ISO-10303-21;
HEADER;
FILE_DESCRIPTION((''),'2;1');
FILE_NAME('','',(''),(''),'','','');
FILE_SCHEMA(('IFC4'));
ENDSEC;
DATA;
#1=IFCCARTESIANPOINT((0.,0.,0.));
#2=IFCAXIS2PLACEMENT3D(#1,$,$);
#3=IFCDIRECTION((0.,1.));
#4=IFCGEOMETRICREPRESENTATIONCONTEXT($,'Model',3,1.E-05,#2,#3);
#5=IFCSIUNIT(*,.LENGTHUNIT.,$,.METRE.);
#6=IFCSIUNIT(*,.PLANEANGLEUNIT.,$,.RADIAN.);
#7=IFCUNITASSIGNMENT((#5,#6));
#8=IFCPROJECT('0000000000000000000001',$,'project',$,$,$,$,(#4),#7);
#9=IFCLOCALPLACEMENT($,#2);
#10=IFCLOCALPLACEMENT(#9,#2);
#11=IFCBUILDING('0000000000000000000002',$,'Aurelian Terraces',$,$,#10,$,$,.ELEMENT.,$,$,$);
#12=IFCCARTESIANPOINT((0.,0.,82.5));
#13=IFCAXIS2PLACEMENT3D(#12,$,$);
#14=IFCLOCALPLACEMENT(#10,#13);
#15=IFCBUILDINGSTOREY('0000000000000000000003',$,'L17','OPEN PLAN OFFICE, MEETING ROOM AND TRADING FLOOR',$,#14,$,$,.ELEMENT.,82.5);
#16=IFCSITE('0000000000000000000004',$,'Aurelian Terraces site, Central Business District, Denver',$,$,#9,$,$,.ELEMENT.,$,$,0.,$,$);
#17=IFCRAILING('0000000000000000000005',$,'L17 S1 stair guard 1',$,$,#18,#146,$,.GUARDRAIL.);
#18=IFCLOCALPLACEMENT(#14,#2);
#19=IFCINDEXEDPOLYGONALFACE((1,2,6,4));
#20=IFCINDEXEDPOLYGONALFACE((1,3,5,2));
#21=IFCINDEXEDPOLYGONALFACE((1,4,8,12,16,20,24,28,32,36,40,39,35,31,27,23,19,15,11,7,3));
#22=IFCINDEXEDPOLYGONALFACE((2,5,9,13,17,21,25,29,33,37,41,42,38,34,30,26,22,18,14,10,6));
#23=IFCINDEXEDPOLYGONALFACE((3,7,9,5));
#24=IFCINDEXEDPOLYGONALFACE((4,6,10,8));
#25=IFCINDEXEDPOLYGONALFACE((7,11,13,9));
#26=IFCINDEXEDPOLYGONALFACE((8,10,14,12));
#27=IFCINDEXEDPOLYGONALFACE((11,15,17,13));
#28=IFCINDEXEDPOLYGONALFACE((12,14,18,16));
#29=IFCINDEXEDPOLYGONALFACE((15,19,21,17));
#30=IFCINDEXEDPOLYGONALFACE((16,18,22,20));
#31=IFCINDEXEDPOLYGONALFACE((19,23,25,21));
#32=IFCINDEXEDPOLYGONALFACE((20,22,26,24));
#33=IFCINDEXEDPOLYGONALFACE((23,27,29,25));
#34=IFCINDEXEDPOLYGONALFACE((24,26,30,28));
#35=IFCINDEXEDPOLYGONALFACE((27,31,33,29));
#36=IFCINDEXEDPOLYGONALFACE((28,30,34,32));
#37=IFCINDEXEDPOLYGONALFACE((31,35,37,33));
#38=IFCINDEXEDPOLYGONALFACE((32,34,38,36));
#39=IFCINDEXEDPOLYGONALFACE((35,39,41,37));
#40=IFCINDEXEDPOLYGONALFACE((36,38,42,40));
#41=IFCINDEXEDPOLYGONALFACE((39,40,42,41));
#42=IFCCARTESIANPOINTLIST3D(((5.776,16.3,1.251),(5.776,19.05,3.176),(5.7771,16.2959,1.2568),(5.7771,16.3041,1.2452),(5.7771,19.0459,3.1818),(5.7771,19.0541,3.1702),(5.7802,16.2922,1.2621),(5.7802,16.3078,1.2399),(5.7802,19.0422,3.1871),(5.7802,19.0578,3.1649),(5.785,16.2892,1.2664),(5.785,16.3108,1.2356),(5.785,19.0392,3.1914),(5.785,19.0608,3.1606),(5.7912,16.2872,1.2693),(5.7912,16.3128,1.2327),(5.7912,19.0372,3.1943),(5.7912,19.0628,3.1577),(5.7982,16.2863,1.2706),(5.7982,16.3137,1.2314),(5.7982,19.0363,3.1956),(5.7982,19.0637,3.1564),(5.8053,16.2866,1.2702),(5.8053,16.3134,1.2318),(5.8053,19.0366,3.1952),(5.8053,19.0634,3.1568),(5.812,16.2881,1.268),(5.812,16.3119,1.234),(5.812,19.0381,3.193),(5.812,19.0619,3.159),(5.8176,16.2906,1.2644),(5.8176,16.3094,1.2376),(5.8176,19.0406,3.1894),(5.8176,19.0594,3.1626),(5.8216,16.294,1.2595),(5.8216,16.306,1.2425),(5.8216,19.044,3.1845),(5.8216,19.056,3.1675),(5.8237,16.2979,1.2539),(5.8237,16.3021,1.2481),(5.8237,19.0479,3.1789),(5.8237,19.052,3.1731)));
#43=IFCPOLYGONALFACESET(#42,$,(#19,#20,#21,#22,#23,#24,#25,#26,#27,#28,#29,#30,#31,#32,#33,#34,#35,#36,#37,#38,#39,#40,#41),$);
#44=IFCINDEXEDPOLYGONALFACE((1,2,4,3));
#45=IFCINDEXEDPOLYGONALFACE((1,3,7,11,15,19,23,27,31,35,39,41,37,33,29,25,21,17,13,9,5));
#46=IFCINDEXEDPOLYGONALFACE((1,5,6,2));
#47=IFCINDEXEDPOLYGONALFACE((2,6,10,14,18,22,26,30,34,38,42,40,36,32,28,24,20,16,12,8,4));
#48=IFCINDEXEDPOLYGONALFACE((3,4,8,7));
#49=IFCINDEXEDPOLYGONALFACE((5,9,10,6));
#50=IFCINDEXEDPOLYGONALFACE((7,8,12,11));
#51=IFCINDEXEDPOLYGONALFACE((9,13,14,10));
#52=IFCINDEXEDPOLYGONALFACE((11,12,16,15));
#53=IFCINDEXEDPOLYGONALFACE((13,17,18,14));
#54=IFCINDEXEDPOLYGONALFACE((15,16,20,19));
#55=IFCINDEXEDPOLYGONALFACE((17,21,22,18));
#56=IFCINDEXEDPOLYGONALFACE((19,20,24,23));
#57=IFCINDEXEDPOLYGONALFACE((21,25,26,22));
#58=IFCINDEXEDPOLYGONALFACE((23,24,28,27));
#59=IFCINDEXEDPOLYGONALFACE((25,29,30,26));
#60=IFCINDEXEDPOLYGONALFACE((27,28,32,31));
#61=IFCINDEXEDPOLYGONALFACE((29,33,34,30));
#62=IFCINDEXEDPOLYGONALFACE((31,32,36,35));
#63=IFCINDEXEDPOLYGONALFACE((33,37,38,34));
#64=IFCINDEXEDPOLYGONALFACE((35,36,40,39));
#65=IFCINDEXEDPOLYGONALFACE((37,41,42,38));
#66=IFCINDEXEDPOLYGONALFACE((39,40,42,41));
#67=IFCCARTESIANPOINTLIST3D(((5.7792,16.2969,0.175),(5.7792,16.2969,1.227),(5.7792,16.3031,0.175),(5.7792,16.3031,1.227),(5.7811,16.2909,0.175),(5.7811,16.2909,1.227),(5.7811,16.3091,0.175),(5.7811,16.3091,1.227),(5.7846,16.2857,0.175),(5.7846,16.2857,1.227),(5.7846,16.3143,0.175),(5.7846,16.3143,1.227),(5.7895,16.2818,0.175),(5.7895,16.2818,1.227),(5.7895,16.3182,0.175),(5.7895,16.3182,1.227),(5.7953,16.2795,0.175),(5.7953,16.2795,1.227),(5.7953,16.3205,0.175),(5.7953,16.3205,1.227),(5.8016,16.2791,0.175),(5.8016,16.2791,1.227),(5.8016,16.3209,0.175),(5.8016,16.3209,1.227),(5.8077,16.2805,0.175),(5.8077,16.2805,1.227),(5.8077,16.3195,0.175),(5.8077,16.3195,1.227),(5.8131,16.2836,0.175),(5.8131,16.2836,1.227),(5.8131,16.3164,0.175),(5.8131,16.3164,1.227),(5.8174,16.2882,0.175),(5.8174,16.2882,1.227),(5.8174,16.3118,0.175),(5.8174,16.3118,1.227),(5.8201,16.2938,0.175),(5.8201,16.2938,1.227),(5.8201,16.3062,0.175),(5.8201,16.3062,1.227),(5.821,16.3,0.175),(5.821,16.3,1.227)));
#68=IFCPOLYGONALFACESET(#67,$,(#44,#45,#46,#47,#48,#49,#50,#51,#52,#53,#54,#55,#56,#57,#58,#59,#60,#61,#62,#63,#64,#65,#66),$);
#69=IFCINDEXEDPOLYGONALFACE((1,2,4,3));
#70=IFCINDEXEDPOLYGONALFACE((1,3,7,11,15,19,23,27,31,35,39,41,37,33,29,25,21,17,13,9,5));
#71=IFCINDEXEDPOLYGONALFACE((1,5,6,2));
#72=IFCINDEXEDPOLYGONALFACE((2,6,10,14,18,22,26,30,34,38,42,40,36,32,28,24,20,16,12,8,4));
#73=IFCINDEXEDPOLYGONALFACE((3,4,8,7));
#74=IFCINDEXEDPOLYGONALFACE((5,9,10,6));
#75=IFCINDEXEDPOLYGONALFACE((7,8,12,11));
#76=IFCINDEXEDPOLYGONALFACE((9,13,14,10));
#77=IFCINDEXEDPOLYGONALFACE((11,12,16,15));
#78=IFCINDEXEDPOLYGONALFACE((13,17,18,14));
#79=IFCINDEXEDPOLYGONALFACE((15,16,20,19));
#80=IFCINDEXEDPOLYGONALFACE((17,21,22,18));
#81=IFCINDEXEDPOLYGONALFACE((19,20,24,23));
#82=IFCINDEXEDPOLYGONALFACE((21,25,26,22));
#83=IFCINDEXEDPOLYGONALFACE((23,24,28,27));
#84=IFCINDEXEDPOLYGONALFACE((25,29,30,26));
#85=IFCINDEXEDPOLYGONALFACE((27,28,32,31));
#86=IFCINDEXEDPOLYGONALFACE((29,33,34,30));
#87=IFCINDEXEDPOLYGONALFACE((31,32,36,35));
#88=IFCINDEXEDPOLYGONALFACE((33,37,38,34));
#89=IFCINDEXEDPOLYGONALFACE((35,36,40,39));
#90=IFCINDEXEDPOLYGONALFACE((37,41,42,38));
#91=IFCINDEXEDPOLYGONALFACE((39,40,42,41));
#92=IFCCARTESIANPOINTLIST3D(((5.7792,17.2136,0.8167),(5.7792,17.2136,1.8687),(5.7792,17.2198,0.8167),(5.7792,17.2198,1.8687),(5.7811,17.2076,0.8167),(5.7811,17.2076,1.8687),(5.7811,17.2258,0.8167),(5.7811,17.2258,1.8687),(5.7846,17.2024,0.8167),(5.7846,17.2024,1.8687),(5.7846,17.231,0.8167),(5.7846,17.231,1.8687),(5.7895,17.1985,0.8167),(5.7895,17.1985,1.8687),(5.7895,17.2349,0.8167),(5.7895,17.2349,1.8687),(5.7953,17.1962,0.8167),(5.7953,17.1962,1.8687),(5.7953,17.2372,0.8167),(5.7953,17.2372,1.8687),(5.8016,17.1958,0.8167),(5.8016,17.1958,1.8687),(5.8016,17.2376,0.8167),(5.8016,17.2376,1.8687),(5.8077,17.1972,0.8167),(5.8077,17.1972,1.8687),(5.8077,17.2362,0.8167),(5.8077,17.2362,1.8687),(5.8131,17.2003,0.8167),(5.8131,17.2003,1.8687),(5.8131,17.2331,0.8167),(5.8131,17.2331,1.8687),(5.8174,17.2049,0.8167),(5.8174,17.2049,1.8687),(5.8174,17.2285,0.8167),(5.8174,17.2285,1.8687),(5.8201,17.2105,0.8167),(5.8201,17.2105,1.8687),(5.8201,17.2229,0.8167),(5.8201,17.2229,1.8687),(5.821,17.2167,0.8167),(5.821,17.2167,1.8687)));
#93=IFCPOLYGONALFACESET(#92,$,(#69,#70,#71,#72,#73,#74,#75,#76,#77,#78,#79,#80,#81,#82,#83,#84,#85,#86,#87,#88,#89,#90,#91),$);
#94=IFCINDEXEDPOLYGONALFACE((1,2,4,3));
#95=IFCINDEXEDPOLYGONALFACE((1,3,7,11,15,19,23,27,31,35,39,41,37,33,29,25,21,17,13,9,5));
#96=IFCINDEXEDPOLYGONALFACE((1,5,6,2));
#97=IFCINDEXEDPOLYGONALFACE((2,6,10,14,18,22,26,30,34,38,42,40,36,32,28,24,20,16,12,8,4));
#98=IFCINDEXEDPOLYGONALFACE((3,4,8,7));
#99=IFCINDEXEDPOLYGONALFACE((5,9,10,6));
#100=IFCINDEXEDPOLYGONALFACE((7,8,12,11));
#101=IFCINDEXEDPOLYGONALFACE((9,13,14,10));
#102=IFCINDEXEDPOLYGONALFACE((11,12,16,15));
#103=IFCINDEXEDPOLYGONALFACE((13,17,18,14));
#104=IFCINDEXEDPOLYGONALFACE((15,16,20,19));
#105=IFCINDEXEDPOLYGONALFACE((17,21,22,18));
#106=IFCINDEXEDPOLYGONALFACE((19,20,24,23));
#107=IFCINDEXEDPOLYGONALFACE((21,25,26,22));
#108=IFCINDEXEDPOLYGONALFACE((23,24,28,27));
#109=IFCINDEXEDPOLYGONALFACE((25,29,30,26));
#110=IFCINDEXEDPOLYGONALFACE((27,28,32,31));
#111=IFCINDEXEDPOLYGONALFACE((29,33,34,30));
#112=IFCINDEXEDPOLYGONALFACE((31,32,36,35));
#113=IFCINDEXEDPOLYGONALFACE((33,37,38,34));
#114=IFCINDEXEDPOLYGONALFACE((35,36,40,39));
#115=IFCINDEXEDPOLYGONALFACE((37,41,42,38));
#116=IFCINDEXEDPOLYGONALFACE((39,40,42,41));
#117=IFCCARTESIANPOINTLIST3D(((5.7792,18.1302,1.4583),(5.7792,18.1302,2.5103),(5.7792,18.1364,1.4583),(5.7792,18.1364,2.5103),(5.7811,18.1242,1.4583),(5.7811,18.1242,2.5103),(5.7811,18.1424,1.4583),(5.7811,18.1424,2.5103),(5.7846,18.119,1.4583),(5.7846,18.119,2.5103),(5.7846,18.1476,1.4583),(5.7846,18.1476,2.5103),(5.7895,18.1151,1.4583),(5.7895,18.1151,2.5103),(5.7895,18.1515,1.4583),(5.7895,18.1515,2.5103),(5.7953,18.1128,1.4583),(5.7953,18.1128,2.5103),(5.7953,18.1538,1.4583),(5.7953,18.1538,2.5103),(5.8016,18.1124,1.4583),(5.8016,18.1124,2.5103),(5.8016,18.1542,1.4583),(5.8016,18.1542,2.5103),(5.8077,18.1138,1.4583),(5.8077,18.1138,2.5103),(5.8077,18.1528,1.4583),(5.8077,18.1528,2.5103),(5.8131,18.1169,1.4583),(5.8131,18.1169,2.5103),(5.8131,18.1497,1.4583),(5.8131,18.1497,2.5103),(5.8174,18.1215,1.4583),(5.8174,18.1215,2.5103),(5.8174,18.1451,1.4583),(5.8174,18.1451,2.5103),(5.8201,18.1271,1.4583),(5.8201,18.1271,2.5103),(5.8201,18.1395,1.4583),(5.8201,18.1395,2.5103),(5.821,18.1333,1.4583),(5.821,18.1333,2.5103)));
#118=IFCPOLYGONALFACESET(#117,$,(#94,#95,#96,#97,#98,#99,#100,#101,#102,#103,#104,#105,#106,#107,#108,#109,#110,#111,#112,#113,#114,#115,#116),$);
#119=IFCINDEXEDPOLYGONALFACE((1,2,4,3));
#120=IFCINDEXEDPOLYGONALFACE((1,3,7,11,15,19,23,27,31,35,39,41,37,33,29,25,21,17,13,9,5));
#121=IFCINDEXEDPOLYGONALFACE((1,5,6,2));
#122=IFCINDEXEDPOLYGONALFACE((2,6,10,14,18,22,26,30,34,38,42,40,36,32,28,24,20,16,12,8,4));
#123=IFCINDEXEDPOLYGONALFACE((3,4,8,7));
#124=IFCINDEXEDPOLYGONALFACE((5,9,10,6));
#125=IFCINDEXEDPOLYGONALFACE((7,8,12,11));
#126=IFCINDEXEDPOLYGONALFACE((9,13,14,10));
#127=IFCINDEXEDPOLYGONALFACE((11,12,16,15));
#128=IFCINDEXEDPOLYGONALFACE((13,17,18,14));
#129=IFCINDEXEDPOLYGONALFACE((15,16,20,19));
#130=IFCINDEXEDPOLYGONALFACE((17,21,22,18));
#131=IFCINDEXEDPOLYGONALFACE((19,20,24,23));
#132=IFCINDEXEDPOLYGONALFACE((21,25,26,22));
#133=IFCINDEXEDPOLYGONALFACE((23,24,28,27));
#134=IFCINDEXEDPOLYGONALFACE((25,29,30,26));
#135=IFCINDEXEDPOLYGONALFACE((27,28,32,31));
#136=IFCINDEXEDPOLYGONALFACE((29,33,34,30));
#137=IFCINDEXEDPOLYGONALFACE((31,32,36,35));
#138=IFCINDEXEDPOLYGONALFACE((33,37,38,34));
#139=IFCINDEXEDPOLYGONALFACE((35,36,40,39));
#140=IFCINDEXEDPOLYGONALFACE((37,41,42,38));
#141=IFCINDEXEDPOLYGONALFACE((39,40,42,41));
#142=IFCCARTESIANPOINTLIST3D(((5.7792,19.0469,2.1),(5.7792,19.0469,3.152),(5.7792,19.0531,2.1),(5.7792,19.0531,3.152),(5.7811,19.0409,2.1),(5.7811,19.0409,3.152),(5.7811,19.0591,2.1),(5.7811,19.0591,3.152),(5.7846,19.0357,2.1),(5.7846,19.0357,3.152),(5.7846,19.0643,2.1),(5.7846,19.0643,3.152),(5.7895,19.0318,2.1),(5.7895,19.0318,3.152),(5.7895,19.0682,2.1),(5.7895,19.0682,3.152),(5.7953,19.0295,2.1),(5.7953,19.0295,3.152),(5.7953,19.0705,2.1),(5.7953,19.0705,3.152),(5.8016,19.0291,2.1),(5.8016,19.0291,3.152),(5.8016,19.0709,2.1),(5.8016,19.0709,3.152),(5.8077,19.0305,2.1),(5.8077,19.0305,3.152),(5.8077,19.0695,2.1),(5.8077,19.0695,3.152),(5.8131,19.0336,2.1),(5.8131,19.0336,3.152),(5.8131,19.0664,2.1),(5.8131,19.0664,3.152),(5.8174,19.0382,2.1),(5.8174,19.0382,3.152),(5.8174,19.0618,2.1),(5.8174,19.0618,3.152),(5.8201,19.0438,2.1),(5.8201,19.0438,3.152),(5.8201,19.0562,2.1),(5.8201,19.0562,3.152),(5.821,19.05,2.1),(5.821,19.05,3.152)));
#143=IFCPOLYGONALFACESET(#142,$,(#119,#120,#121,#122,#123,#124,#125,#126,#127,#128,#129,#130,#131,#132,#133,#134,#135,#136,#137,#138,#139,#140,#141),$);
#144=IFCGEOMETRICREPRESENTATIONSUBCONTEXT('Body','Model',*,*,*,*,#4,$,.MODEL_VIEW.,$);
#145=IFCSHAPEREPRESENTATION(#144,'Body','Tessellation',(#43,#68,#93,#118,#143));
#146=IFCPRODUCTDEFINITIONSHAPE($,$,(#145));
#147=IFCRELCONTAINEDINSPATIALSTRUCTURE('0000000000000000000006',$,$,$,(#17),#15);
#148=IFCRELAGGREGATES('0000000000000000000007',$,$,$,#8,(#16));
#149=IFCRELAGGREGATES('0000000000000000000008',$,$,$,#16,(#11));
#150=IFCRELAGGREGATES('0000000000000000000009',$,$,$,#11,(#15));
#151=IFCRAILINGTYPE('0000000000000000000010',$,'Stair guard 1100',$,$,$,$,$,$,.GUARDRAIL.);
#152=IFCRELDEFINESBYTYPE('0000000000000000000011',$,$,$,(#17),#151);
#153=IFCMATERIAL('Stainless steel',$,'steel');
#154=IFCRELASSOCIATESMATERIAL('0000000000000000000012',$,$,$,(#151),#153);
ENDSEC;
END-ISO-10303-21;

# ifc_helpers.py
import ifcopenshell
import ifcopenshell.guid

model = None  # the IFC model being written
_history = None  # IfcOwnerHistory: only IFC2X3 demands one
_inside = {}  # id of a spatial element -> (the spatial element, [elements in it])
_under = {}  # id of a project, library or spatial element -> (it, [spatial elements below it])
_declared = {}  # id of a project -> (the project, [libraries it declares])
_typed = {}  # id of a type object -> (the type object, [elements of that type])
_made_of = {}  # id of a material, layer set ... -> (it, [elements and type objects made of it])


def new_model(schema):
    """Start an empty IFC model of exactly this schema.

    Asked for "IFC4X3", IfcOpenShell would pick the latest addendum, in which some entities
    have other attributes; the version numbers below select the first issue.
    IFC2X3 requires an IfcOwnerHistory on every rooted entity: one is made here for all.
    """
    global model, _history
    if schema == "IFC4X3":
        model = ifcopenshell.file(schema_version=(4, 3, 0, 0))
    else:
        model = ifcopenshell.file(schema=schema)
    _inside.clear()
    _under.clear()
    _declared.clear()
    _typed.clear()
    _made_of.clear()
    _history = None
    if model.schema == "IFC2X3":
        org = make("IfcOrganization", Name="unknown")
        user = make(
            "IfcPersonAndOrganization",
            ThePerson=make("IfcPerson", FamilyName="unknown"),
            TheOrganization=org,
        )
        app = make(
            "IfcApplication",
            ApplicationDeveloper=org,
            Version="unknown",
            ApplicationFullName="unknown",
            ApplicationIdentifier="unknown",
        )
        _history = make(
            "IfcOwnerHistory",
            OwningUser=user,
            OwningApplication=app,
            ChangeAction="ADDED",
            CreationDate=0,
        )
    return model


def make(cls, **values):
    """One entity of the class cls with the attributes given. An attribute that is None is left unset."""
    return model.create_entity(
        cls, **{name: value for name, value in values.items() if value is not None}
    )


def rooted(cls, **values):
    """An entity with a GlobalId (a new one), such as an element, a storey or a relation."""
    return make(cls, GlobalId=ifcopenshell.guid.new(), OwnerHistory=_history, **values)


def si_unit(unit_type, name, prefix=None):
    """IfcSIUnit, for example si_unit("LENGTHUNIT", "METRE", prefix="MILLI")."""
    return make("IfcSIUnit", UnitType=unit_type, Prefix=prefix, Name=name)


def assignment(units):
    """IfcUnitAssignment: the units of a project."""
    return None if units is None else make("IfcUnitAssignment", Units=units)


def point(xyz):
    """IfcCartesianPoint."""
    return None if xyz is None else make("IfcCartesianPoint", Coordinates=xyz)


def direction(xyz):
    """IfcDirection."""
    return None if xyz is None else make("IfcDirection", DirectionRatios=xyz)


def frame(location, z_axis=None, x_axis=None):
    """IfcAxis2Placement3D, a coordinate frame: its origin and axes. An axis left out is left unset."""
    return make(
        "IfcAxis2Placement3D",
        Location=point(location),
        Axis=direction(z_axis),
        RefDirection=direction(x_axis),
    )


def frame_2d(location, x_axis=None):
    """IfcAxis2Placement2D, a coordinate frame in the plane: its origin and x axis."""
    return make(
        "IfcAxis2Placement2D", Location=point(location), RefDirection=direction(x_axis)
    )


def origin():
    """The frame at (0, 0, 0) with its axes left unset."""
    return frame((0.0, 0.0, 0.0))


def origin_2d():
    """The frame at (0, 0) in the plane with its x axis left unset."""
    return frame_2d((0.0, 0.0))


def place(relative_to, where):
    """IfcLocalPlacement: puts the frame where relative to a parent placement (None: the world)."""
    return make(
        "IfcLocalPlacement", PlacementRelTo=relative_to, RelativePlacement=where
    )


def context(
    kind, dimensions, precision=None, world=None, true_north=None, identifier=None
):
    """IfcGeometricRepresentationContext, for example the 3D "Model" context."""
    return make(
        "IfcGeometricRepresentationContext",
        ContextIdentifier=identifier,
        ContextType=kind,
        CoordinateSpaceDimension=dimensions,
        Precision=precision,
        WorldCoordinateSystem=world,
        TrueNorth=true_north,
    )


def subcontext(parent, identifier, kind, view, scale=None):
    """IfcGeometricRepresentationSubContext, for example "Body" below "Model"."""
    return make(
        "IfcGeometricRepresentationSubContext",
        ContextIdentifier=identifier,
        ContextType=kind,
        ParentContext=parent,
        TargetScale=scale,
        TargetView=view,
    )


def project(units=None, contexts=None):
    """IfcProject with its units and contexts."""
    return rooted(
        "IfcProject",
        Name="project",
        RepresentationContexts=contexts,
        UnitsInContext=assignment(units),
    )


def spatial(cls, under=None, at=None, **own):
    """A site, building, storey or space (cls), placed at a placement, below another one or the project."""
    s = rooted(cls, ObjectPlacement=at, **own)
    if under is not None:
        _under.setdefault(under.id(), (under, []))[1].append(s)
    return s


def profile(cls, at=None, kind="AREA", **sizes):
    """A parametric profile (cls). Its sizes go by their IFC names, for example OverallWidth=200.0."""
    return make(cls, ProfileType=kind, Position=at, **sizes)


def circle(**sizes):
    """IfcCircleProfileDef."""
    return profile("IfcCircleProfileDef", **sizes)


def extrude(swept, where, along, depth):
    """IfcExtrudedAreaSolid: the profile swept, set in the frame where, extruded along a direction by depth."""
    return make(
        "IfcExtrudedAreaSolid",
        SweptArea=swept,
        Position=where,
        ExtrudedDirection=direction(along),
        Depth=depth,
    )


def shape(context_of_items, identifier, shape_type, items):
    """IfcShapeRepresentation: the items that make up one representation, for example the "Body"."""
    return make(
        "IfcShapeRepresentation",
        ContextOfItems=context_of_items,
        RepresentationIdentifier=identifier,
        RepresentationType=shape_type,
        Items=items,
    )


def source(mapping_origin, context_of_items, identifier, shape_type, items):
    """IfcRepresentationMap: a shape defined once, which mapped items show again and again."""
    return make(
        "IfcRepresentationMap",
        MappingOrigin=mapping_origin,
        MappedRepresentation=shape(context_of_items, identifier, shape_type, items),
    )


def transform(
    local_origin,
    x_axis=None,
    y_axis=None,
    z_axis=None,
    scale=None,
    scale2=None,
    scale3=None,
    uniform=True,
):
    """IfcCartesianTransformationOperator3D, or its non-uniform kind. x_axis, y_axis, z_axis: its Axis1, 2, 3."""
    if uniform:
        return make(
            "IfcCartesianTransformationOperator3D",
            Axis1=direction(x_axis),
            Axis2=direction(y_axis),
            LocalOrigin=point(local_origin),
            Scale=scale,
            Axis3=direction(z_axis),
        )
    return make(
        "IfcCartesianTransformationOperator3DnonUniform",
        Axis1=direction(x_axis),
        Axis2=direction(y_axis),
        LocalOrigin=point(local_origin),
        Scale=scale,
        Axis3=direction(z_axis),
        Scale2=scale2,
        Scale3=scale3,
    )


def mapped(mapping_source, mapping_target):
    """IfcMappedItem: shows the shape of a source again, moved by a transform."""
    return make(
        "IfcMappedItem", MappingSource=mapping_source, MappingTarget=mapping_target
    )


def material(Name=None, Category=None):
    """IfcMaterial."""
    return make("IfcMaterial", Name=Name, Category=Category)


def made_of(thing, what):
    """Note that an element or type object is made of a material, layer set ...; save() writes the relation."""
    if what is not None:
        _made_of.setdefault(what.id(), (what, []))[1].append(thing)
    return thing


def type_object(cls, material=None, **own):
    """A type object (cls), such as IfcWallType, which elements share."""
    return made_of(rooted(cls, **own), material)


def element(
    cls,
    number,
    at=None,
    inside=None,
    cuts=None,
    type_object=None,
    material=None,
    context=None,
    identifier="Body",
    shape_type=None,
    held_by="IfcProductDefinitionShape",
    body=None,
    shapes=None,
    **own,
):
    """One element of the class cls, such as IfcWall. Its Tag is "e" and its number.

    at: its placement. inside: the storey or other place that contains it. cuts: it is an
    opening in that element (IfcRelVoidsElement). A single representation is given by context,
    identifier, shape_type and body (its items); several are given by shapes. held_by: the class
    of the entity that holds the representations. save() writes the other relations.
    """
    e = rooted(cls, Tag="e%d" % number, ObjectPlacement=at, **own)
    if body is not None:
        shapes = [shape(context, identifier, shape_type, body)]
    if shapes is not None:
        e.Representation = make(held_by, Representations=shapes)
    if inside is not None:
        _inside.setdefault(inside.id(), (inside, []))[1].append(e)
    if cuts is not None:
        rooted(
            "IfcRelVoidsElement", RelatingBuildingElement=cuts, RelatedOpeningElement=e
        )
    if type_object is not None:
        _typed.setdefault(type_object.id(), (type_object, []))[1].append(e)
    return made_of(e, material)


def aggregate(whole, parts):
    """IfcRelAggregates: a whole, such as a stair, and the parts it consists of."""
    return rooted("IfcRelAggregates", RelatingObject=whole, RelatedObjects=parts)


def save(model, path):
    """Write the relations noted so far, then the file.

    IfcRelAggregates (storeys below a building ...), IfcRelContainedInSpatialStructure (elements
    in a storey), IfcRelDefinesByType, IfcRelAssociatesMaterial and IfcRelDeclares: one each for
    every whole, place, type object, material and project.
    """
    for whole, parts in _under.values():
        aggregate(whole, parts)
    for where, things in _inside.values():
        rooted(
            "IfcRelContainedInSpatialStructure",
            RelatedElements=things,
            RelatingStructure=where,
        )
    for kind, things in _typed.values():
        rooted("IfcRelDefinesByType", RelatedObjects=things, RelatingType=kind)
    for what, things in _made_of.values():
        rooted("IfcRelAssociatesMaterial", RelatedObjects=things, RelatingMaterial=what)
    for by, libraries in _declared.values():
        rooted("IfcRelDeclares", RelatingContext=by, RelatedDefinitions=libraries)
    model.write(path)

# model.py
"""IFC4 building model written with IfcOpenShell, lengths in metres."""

from ifc_helpers import new_model, si_unit, direction, frame, origin, origin_2d, place, context, subcontext, project, spatial, circle, extrude, source, transform, mapped, material, type_object, element, save


model = new_model("IFC4")

# Units and contexts
model_context = context("Model", 3, precision=1e-05, world=origin(), true_north=direction((0.0, 1.0)))
body_context = subcontext(model_context, "Body", "Model", "MODEL_VIEW")
ifc_project = project(units=[si_unit("LENGTHUNIT", "METRE"), si_unit("PLANEANGLEUNIT", "RADIAN")], contexts=[model_context])

# Site, building, storey
site_placement = place(None, origin())
site = spatial("IfcSite", under=ifc_project, at=site_placement, Name="Aurelian Terraces site, Central Business District, Denver", CompositionType="ELEMENT", RefElevation=0.0)
building_placement = place(site_placement, origin())
building = spatial("IfcBuilding", under=site, at=building_placement, Name="Aurelian Terraces", CompositionType="ELEMENT")
storey_placement = place(building_placement, frame((0.0, 0.0, 82.5)))
storey = spatial("IfcBuildingStorey", under=building, at=storey_placement, Name="L17", Description="OPEN PLAN OFFICE, MEETING ROOM AND TRADING FLOOR", CompositionType="ELEMENT", Elevation=82.5)

# Railing
ifc_material_1 = material(Name="Stainless steel", Category="steel")
railing_type_1 = type_object("IfcRailingType", Name="Stair guard 1100", PredefinedType="GUARDRAIL", material=ifc_material_1)
shared_shape_1 = source(origin(), body_context, "Body", "SweptSolid", [
    extrude(circle(Radius=0.024, at=origin_2d()), frame((0.0, 0.0, 1.076), z_axis=(0.0, 0.819232, 0.573462), x_axis=(-1.0, 0.0, 0.0)), (0.0, 0.0, 1.0), 3.3568),
    extrude(circle(Radius=0.021, at=origin_2d()), origin(), (0.0, 0.0, 1.0), 1.052),
    extrude(circle(Radius=0.021, at=origin_2d()), frame((0.0, 0.9167, 0.6417)), (0.0, 0.0, 1.0), 1.052),
    extrude(circle(Radius=0.021, at=origin_2d()), frame((0.0, 1.8333, 1.2833)), (0.0, 0.0, 1.0), 1.052),
    extrude(circle(Radius=0.021, at=origin_2d()), frame((0.0, 2.75, 1.925)), (0.0, 0.0, 1.0), 1.052),
])
railing_1_placement = place(storey_placement, frame((5.8, 16.3, 0.175)))
element("IfcRailing", 1, at=railing_1_placement, inside=storey, type_object=railing_type_1, Name="L17 S1 stair guard 1", PredefinedType="GUARDRAIL", context=body_context, shape_type="MappedRepresentation", body=[
    mapped(shared_shape_1, transform((0.0, 0.0, 0.0), scale=1.0)),
])

save(model, "model.ifc")
